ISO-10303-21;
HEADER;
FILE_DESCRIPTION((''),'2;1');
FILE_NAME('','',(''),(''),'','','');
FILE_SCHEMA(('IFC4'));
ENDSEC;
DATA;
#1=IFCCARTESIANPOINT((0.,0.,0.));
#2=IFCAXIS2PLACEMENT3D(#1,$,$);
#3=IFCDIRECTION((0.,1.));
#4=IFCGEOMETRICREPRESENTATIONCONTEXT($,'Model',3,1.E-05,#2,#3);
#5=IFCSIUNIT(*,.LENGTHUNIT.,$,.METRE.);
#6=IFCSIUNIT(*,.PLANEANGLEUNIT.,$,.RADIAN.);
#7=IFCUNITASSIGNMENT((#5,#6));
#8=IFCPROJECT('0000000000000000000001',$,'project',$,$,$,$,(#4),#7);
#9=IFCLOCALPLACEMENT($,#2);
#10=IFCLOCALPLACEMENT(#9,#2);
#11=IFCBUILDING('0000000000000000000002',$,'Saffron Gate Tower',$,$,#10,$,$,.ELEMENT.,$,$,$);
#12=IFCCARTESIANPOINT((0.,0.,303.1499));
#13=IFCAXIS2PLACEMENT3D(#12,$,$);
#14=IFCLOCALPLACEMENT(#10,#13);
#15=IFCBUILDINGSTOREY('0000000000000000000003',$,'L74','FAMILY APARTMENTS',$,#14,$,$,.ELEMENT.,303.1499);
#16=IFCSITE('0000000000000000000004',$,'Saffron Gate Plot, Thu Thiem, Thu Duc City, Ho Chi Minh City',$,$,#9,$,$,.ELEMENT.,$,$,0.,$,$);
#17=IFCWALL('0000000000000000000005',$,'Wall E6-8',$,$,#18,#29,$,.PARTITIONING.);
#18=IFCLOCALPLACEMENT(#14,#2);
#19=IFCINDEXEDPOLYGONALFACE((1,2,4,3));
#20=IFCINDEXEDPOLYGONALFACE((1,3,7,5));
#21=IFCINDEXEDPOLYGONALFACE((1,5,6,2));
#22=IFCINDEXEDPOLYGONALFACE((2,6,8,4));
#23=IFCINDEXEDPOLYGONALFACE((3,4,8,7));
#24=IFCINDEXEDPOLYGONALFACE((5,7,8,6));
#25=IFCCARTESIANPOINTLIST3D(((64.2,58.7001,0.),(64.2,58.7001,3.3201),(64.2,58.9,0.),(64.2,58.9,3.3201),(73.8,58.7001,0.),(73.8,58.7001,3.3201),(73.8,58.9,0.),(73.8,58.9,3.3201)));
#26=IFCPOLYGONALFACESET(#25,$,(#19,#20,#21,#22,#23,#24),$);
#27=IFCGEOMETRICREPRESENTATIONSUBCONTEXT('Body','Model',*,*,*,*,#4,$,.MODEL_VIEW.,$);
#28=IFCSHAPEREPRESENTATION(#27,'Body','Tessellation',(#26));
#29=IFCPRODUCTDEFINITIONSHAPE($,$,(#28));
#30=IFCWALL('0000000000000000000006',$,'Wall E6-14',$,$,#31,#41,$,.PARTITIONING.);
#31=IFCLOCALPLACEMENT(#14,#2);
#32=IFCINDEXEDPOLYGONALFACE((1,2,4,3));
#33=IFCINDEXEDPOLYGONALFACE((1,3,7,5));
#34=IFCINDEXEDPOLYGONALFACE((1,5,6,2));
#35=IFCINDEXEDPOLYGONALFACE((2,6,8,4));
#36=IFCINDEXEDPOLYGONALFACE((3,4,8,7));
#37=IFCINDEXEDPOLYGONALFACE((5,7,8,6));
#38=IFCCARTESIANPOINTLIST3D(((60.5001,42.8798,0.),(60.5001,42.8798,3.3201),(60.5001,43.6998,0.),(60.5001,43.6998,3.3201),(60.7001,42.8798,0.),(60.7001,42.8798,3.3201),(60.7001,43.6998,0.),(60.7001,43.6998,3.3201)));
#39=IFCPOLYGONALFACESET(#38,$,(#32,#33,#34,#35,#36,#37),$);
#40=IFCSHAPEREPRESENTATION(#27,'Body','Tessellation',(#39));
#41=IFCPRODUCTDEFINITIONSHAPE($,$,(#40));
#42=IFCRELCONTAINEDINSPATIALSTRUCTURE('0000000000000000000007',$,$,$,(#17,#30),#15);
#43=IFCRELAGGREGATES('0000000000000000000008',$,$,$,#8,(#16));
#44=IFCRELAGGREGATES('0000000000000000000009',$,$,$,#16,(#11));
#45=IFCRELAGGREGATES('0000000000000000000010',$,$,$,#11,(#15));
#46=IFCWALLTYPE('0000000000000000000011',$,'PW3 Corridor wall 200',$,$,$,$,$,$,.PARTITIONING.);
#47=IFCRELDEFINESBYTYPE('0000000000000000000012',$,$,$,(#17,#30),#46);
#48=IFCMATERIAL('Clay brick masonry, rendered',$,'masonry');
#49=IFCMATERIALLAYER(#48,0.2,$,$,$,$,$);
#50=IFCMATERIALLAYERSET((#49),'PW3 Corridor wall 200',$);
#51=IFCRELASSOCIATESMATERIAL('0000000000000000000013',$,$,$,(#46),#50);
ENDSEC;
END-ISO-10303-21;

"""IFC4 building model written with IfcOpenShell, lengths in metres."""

from ifc_helpers import new_model, si_unit, direction, frame, frame_2d, origin, place, context, subcontext, project, spatial, rectangle, extrude, material, layer, layer_set, type_object, element, save


model = new_model("IFC4")

# Units and contexts
model_context = context("Model", 3, precision=1e-05, world=origin(), true_north=direction((0.0, 1.0)))
body_context = subcontext(model_context, "Body", "Model", "MODEL_VIEW")
ifc_project = project(units=[si_unit("LENGTHUNIT", "METRE"), si_unit("PLANEANGLEUNIT", "RADIAN")], contexts=[model_context])

# Site, building, storey
site_placement = place(None, origin())
site = spatial("IfcSite", under=ifc_project, at=site_placement, Name="Saffron Gate Plot, Thu Thiem, Thu Duc City, Ho Chi Minh City", CompositionType="ELEMENT", RefElevation=0.0)
building_placement = place(site_placement, origin())
building = spatial("IfcBuilding", under=site, at=building_placement, Name="Saffron Gate Tower", CompositionType="ELEMENT")
storey_placement = place(building_placement, frame((0.0, 0.0, 303.1499)))
storey = spatial("IfcBuildingStorey", under=building, at=storey_placement, Name="L74", Description="FAMILY APARTMENTS", CompositionType="ELEMENT", Elevation=303.1499)

# Walls
ifc_material_1 = material(Name="Clay brick masonry, rendered", Category="masonry")
ifc_layer_1 = layer(ifc_material_1, 0.2)
ifc_layer_set_1 = layer_set([ifc_layer_1], Name="PW3 Corridor wall 200")
wall_type_1 = type_object("IfcWallType", Name="PW3 Corridor wall 200", PredefinedType="PARTITIONING", material=ifc_layer_set_1)
wall_1_placement = place(storey_placement, frame((64.2, 58.8, 0.0), z_axis=(0.0, 0.0, 1.0), x_axis=(1.0, 0.0, 0.0)))
element("IfcWall", 1, at=wall_1_placement, inside=storey, type_object=wall_type_1, Name="Wall E6-8", PredefinedType="PARTITIONING", context=body_context, shape_type="SweptSolid", body=[
    extrude(rectangle(XDim=9.6001, YDim=0.2, at=frame_2d((4.8, 0.0))), origin(), (0.0, 0.0, 1.0), 3.3201),
])
wall_2_placement = place(storey_placement, frame((60.6001, 43.7, 0.0), z_axis=(0.0, 0.0, 1.0), x_axis=(0.0, -1.0, 0.0)))
element("IfcWall", 2, at=wall_2_placement, inside=storey, type_object=wall_type_1, Name="Wall E6-14", PredefinedType="PARTITIONING", context=body_context, shape_type="SweptSolid", body=[
    extrude(rectangle(XDim=0.8201, YDim=0.2, at=frame_2d((0.4102, 0.0))), origin(), (0.0, 0.0, 1.0), 3.3201),
])

save(model, "model.ifc")
